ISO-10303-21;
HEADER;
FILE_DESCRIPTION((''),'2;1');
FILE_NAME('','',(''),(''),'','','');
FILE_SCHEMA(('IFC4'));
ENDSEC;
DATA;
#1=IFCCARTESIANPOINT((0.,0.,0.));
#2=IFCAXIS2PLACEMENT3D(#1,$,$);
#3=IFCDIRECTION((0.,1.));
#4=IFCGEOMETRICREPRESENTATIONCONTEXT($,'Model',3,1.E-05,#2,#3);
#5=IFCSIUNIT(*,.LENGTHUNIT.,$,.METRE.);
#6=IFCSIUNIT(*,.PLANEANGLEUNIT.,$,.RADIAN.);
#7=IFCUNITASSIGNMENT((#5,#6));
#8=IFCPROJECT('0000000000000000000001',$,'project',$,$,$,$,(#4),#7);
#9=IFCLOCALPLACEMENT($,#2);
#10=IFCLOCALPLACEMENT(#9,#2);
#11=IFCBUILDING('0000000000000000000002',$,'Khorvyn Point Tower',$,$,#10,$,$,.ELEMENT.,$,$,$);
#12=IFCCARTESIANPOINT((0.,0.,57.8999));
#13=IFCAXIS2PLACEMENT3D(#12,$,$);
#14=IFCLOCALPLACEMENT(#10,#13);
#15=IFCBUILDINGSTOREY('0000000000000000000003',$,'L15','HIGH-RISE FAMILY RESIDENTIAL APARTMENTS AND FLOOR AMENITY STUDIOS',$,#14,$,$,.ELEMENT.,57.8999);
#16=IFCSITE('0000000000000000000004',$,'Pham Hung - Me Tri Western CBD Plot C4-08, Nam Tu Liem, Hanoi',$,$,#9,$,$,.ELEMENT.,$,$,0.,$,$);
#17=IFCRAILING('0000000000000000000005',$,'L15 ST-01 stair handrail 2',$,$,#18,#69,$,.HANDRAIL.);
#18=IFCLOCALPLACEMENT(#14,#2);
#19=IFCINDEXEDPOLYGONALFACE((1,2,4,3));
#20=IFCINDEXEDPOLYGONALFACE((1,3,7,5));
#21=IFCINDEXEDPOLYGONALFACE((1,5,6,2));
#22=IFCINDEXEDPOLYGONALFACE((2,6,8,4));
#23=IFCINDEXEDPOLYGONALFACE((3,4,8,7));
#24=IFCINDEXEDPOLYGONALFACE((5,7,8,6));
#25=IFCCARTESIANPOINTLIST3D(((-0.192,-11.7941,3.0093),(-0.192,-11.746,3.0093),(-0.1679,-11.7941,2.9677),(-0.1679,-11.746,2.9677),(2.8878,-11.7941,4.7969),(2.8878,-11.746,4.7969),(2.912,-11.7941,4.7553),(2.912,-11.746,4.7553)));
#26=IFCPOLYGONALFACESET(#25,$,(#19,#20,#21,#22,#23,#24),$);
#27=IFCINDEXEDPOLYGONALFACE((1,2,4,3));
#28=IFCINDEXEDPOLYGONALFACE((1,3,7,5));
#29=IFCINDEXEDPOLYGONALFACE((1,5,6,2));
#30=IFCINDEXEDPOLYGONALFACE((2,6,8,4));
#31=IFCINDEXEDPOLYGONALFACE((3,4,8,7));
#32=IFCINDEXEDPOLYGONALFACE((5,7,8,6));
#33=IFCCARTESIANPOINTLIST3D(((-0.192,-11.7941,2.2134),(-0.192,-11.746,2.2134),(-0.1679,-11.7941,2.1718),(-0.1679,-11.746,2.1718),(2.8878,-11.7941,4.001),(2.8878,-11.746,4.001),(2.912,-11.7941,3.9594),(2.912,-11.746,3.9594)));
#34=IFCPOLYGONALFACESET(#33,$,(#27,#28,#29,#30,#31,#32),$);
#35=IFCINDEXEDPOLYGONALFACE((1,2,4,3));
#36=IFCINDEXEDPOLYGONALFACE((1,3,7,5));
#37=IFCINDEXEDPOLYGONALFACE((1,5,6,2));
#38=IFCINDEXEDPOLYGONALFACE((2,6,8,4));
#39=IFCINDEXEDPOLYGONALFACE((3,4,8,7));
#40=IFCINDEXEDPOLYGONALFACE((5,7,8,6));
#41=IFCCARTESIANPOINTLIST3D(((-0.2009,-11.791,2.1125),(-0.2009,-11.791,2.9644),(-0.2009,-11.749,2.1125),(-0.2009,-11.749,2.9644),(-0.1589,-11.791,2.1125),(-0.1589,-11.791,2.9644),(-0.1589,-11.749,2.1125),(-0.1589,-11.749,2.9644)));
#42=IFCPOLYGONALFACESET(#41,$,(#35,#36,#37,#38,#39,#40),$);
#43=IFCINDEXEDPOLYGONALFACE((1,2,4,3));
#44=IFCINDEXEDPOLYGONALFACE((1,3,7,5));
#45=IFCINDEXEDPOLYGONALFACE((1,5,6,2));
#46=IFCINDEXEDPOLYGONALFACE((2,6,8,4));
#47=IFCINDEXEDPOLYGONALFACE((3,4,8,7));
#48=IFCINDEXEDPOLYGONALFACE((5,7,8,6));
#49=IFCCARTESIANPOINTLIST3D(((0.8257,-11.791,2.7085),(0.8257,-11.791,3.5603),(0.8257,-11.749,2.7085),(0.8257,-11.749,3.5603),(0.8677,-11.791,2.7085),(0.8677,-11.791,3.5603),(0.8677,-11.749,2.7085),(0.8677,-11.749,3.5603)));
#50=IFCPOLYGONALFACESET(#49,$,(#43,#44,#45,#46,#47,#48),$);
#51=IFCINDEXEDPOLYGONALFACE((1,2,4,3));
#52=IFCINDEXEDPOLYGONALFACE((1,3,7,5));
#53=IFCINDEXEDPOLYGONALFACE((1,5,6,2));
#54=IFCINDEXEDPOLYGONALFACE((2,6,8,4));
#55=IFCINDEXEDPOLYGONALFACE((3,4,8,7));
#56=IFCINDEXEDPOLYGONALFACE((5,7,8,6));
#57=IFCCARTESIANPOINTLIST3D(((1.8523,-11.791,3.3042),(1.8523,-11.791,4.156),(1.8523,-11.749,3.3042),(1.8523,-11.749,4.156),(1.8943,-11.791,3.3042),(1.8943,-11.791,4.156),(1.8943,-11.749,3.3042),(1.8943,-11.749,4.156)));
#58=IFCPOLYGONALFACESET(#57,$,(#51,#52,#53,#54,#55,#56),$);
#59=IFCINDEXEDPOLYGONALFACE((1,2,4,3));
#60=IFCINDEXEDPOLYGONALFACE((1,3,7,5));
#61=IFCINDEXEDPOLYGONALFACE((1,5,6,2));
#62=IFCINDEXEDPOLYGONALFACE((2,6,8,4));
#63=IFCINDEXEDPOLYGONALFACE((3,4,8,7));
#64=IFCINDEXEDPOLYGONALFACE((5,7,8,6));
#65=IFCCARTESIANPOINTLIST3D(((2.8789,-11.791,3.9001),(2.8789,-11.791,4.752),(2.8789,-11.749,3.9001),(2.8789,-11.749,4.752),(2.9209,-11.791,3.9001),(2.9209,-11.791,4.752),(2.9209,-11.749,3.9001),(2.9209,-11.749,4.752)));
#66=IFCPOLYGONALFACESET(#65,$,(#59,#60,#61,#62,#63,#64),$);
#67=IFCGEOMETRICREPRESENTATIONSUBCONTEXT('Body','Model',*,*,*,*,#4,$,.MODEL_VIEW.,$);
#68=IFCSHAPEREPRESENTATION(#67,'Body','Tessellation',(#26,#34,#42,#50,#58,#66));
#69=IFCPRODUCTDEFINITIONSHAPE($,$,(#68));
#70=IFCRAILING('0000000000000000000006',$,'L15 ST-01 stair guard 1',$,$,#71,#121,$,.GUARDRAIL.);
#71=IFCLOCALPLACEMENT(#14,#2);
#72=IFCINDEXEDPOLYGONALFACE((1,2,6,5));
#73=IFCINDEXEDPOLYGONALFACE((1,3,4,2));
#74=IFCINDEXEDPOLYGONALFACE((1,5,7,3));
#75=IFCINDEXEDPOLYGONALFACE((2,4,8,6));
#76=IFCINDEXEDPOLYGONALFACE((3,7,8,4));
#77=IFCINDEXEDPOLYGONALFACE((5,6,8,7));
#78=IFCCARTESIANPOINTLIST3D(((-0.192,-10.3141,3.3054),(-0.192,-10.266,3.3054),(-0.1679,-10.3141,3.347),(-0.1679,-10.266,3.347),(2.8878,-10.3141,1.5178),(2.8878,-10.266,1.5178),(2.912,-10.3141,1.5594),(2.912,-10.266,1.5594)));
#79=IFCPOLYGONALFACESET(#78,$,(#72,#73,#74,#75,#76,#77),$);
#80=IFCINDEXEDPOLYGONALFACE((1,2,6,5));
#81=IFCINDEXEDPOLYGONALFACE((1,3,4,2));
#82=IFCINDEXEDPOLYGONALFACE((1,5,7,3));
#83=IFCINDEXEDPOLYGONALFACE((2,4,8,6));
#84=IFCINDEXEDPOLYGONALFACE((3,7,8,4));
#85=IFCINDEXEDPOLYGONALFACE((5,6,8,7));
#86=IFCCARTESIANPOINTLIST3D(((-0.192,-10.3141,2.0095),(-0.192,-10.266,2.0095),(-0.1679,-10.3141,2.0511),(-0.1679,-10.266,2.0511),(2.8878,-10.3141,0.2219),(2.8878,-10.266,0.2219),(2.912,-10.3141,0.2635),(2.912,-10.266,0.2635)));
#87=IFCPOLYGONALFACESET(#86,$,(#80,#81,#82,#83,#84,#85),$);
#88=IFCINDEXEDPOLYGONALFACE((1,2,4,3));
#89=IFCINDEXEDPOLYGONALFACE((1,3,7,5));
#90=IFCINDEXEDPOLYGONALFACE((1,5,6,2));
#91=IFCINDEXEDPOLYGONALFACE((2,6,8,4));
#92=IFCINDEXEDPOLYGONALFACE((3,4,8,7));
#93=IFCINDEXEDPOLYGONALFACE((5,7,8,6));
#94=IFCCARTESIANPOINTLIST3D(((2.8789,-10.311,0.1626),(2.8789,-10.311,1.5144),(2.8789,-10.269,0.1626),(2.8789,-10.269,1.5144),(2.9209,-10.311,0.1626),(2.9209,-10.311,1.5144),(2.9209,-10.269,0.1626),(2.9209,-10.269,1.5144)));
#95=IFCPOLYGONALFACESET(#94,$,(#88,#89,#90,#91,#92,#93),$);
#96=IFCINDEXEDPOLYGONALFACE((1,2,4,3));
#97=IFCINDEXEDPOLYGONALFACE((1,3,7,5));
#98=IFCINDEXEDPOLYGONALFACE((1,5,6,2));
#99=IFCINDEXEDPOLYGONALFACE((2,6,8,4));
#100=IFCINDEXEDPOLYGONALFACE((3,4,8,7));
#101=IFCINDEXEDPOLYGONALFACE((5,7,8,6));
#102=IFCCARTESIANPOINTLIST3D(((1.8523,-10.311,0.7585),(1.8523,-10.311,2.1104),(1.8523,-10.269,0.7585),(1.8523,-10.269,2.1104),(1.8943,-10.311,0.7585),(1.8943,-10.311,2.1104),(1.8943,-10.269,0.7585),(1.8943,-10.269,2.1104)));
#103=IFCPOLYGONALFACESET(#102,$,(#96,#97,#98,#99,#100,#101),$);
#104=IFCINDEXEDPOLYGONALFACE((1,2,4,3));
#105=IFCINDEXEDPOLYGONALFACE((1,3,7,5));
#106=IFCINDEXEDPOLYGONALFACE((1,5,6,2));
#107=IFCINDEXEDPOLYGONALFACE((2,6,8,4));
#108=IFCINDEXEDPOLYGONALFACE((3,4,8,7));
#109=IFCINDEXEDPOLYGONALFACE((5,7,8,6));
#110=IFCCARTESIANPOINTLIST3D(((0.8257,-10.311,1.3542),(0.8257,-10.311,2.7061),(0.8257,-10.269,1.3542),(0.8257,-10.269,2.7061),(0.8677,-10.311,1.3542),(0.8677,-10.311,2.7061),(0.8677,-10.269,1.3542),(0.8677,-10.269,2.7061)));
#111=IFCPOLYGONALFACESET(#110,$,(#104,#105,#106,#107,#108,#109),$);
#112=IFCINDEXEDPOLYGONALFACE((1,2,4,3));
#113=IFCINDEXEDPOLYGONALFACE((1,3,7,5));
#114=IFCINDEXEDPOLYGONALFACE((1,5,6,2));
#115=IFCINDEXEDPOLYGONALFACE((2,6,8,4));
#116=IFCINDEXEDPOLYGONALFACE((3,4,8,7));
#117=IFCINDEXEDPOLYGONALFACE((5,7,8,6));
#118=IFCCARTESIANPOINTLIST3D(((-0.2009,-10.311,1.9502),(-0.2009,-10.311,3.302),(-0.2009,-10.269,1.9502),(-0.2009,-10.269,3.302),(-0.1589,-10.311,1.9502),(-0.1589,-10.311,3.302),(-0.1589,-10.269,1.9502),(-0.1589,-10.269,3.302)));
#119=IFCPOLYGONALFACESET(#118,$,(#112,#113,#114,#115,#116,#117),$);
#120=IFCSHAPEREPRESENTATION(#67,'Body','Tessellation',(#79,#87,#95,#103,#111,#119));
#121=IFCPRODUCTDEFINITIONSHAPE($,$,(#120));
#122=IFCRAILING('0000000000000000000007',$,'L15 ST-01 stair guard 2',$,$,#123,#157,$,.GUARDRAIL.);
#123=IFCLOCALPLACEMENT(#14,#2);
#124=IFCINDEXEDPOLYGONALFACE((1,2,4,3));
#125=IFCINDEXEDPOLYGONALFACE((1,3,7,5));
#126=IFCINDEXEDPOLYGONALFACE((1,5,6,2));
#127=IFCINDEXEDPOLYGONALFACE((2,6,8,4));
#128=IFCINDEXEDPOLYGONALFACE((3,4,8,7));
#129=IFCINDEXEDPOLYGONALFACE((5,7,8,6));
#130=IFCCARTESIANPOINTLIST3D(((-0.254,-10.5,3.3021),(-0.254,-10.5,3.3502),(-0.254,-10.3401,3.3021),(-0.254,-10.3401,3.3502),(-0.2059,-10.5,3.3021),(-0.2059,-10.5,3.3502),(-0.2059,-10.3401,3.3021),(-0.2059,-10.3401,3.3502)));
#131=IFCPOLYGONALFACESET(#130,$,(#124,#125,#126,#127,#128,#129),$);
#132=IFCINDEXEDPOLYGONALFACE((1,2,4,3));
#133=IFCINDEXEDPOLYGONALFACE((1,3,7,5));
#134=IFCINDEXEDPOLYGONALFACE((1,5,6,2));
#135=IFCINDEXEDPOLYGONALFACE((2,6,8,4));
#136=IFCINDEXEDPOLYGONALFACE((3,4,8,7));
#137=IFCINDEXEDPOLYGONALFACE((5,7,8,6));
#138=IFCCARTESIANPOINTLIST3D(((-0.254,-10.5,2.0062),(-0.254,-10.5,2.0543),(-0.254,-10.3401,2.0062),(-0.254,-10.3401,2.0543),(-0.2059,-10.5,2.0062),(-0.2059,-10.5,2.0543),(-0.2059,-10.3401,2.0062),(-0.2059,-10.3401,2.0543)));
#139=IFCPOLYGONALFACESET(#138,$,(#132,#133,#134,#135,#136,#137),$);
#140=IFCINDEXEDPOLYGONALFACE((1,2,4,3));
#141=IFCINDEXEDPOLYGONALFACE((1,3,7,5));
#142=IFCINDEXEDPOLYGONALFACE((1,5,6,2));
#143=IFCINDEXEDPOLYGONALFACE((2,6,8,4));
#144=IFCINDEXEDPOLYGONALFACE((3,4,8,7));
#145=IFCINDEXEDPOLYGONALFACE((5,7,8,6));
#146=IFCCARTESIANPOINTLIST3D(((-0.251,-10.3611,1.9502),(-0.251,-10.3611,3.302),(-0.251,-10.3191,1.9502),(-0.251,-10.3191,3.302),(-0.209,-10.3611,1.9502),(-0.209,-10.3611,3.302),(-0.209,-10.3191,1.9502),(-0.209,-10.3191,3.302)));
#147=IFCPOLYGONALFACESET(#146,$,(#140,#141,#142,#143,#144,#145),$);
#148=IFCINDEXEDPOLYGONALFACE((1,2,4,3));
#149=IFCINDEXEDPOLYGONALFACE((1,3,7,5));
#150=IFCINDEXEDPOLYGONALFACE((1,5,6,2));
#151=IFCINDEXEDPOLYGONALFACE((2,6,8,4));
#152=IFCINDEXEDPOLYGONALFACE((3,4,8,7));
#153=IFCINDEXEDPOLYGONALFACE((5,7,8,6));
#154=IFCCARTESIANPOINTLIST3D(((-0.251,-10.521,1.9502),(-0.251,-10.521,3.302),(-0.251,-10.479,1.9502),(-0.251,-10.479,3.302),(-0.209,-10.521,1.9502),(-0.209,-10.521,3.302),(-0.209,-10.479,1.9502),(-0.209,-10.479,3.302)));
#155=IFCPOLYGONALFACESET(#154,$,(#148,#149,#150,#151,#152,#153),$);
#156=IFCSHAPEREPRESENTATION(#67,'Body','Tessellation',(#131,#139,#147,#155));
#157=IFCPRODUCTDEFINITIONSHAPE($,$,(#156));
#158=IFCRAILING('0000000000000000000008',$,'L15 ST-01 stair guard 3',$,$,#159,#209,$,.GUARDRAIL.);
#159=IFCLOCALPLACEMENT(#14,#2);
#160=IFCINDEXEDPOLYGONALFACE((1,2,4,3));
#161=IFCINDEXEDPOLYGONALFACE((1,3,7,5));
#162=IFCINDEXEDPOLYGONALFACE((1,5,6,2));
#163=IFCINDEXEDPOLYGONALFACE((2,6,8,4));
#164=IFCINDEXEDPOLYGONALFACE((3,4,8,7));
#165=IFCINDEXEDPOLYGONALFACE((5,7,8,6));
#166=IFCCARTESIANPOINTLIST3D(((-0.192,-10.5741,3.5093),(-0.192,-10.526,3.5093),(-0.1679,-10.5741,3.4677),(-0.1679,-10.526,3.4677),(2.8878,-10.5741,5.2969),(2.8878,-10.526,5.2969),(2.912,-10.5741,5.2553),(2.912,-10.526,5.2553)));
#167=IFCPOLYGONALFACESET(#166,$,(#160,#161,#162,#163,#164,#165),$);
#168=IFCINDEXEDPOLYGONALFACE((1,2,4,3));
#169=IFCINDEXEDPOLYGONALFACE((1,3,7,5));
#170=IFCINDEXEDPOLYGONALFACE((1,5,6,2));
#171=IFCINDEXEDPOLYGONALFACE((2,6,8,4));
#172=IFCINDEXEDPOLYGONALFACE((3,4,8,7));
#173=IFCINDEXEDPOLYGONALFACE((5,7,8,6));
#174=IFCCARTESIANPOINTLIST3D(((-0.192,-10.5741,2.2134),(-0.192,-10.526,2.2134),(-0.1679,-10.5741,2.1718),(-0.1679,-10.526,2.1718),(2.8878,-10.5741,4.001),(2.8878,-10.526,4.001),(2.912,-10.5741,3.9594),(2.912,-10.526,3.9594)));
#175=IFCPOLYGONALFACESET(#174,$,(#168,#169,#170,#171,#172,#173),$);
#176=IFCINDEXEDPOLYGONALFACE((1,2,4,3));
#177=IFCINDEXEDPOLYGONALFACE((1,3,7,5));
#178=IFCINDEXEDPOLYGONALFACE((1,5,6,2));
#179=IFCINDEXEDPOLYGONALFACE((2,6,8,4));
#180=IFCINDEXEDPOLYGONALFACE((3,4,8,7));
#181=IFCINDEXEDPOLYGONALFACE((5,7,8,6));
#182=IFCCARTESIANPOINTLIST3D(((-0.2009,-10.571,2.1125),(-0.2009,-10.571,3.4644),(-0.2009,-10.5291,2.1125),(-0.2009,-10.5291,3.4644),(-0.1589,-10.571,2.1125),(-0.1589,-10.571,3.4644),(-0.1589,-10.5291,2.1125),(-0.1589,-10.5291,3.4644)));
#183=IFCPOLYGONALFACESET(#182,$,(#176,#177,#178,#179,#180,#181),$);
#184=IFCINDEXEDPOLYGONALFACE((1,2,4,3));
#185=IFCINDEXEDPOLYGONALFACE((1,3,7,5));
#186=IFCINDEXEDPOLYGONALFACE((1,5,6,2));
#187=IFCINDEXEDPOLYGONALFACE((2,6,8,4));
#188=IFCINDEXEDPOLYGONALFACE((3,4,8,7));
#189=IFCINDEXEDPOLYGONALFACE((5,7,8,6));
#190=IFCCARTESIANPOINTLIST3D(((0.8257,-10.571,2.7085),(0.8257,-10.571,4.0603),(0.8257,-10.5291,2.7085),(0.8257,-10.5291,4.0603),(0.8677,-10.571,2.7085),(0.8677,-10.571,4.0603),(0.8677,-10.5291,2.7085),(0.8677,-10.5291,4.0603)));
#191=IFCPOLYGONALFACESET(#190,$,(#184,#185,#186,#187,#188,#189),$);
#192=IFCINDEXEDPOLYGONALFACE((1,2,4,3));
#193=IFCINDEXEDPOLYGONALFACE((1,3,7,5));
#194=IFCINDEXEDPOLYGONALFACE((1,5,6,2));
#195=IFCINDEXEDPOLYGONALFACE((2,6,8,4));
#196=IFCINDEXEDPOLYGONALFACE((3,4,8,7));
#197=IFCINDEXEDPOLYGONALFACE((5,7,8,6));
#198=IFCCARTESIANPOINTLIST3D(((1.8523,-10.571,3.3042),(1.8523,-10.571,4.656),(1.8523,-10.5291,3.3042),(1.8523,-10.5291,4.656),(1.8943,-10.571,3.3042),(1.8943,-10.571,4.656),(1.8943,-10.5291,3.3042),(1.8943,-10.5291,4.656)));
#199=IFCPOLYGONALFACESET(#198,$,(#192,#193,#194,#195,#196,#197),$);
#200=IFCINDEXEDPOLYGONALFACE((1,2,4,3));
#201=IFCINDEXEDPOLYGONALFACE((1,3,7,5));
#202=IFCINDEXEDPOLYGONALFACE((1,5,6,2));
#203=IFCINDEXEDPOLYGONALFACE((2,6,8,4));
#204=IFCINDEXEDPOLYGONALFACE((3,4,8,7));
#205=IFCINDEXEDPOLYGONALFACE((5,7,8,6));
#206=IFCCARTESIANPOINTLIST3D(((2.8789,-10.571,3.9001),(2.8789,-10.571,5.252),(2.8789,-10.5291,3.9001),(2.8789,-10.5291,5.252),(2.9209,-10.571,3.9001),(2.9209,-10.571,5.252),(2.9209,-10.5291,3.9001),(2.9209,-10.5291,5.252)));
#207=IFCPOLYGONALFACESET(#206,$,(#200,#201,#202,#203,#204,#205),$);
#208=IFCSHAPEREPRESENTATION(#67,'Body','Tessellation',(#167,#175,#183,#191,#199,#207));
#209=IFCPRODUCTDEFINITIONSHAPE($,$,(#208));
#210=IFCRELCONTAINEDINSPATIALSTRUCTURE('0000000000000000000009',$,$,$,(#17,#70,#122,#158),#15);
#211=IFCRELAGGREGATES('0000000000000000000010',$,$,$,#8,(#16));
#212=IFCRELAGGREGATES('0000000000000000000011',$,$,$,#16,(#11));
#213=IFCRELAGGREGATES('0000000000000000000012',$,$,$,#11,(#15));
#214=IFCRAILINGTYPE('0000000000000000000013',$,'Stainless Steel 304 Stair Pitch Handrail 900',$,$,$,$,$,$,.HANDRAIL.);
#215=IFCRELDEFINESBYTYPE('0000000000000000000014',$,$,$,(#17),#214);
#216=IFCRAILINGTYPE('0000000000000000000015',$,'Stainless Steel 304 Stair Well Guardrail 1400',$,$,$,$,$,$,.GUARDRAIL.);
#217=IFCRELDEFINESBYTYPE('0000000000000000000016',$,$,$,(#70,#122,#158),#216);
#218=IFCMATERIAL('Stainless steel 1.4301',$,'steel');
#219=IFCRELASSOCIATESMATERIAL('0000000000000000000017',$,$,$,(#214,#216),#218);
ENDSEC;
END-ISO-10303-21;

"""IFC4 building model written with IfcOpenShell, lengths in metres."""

from ifc_helpers import new_model, si_unit, direction, frame, origin, origin_2d, place, context, subcontext, project, spatial, rectangle, extrude, material, type_object, element, save


model = new_model("IFC4")

# Units and contexts
model_context = context("Model", 3, precision=1e-05, world=origin(), true_north=direction((0.0, 1.0)))
body_context = subcontext(model_context, "Body", "Model", "MODEL_VIEW")
ifc_project = project(units=[si_unit("LENGTHUNIT", "METRE"), si_unit("PLANEANGLEUNIT", "RADIAN")], contexts=[model_context])

# Site, building, storey
site_placement = place(None, origin())
site = spatial("IfcSite", under=ifc_project, at=site_placement, Name="Pham Hung - Me Tri Western CBD Plot C4-08, Nam Tu Liem, Hanoi", CompositionType="ELEMENT", RefElevation=0.0)
building_placement = place(site_placement, origin())
building = spatial("IfcBuilding", under=site, at=building_placement, Name="Khorvyn Point Tower", CompositionType="ELEMENT")
storey_placement = place(building_placement, frame((0.0, 0.0, 57.8999)))
storey = spatial("IfcBuildingStorey", under=building, at=storey_placement, Name="L15", Description="HIGH-RISE FAMILY RESIDENTIAL APARTMENTS AND FLOOR AMENITY STUDIOS", CompositionType="ELEMENT", Elevation=57.8999)

# Shared definitions
ifc_material_1 = material(Name="Stainless steel 1.4301", Category="steel")

# Railings
railing_type_1 = type_object("IfcRailingType", Name="Stainless Steel 304 Stair Pitch Handrail 900", PredefinedType="HANDRAIL", material=ifc_material_1)
railing_1_placement = place(storey_placement, frame((-0.1799, -11.77, 2.1125)))
element("IfcRailing", 1, at=railing_1_placement, inside=storey, type_object=railing_type_1, Name="L15 ST-01 stair handrail 2", PredefinedType="HANDRAIL", context=body_context, shape_type="SweptSolid", body=[
    extrude(rectangle(XDim=0.0481, YDim=0.0481, at=origin_2d()), frame((0.0, 0.0, 0.876), z_axis=(0.864873, 0.0, 0.50199), x_axis=(0.0, 1.0, 0.0)), (0.0, 0.0, 1.0), 3.561),
    extrude(rectangle(XDim=0.0481, YDim=0.0481, at=origin_2d()), frame((0.0, 0.0, 0.0801), z_axis=(0.864873, 0.0, 0.50199), x_axis=(0.0, 1.0, 0.0)), (0.0, 0.0, 1.0), 3.561),
    extrude(rectangle(XDim=0.042, YDim=0.042, at=origin_2d()), origin(), (0.0, 0.0, 1.0), 0.8518),
    extrude(rectangle(XDim=0.042, YDim=0.042, at=origin_2d()), frame((1.0266, 0.0, 0.5959)), (0.0, 0.0, 1.0), 0.8518),
    extrude(rectangle(XDim=0.042, YDim=0.042, at=origin_2d()), frame((2.0532, 0.0, 1.1917)), (0.0, 0.0, 1.0), 0.8518),
    extrude(rectangle(XDim=0.042, YDim=0.042, at=origin_2d()), frame((3.0798, 0.0, 1.7876)), (0.0, 0.0, 1.0), 0.8518),
])
railing_type_2 = type_object("IfcRailingType", Name="Stainless Steel 304 Stair Well Guardrail 1400", PredefinedType="GUARDRAIL", material=ifc_material_1)
railing_2_placement = place(storey_placement, frame((2.8999, -10.29, 0.1626)))
element("IfcRailing", 2, at=railing_2_placement, inside=storey, type_object=railing_type_2, Name="L15 ST-01 stair guard 1", PredefinedType="GUARDRAIL", context=body_context, shape_type="SweptSolid", body=[
    extrude(rectangle(XDim=0.0481, YDim=0.0481, at=origin_2d()), frame((0.0, 0.0, 1.376), z_axis=(-0.864873, 0.0, 0.50199), x_axis=(0.0, -1.0, 0.0)), (0.0, 0.0, 1.0), 3.561),
    extrude(rectangle(XDim=0.0481, YDim=0.0481, at=origin_2d()), frame((0.0, 0.0, 0.0801), z_axis=(-0.864873, 0.0, 0.50199), x_axis=(0.0, -1.0, 0.0)), (0.0, 0.0, 1.0), 3.561),
    extrude(rectangle(XDim=0.042, YDim=0.042, at=origin_2d()), origin(), (0.0, 0.0, 1.0), 1.3518),
    extrude(rectangle(XDim=0.042, YDim=0.042, at=origin_2d()), frame((-1.0266, 0.0, 0.5959)), (0.0, 0.0, 1.0), 1.3518),
    extrude(rectangle(XDim=0.042, YDim=0.042, at=origin_2d()), frame((-2.0532, 0.0, 1.1917)), (0.0, 0.0, 1.0), 1.3518),
    extrude(rectangle(XDim=0.042, YDim=0.042, at=origin_2d()), frame((-3.0798, 0.0, 1.7876)), (0.0, 0.0, 1.0), 1.3518),
])
railing_3_placement = place(storey_placement, frame((-0.23, -10.3401, 1.9502)))
element("IfcRailing", 3, at=railing_3_placement, inside=storey, type_object=railing_type_2, Name="L15 ST-01 stair guard 2", PredefinedType="GUARDRAIL", context=body_context, shape_type="SweptSolid", body=[
    extrude(rectangle(XDim=0.0481, YDim=0.0481, at=origin_2d()), frame((0.0, 0.0, 1.376), z_axis=(0.0, -1.0, 0.0), x_axis=(1.0, 0.0, 0.0)), (0.0, 0.0, 1.0), 0.1599),
    extrude(rectangle(XDim=0.0481, YDim=0.0481, at=origin_2d()), frame((0.0, 0.0, 0.0801), z_axis=(0.0, -1.0, 0.0), x_axis=(1.0, 0.0, 0.0)), (0.0, 0.0, 1.0), 0.1599),
    extrude(rectangle(XDim=0.042, YDim=0.042, at=origin_2d()), origin(), (0.0, 0.0, 1.0), 1.3518),
    extrude(rectangle(XDim=0.042, YDim=0.042, at=origin_2d()), frame((0.0, -0.1599, 0.0)), (0.0, 0.0, 1.0), 1.3518),
])
railing_4_placement = place(storey_placement, frame((-0.1799, -10.55, 2.1125)))
element("IfcRailing", 4, at=railing_4_placement, inside=storey, type_object=railing_type_2, Name="L15 ST-01 stair guard 3", PredefinedType="GUARDRAIL", context=body_context, shape_type="SweptSolid", body=[
    extrude(rectangle(XDim=0.0481, YDim=0.0481, at=origin_2d()), frame((0.0, 0.0, 1.376), z_axis=(0.864873, 0.0, 0.50199), x_axis=(0.0, 1.0, 0.0)), (0.0, 0.0, 1.0), 3.561),
    extrude(rectangle(XDim=0.0481, YDim=0.0481, at=origin_2d()), frame((0.0, 0.0, 0.0801), z_axis=(0.864873, 0.0, 0.50199), x_axis=(0.0, 1.0, 0.0)), (0.0, 0.0, 1.0), 3.561),
    extrude(rectangle(XDim=0.042, YDim=0.042, at=origin_2d()), origin(), (0.0, 0.0, 1.0), 1.3518),
    extrude(rectangle(XDim=0.042, YDim=0.042, at=origin_2d()), frame((1.0266, 0.0, 0.5959)), (0.0, 0.0, 1.0), 1.3518),
    extrude(rectangle(XDim=0.042, YDim=0.042, at=origin_2d()), frame((2.0532, 0.0, 1.1917)), (0.0, 0.0, 1.0), 1.3518),
    extrude(rectangle(XDim=0.042, YDim=0.042, at=origin_2d()), frame((3.0798, 0.0, 1.7876)), (0.0, 0.0, 1.0), 1.3518),
])

save(model, "model.ifc")
